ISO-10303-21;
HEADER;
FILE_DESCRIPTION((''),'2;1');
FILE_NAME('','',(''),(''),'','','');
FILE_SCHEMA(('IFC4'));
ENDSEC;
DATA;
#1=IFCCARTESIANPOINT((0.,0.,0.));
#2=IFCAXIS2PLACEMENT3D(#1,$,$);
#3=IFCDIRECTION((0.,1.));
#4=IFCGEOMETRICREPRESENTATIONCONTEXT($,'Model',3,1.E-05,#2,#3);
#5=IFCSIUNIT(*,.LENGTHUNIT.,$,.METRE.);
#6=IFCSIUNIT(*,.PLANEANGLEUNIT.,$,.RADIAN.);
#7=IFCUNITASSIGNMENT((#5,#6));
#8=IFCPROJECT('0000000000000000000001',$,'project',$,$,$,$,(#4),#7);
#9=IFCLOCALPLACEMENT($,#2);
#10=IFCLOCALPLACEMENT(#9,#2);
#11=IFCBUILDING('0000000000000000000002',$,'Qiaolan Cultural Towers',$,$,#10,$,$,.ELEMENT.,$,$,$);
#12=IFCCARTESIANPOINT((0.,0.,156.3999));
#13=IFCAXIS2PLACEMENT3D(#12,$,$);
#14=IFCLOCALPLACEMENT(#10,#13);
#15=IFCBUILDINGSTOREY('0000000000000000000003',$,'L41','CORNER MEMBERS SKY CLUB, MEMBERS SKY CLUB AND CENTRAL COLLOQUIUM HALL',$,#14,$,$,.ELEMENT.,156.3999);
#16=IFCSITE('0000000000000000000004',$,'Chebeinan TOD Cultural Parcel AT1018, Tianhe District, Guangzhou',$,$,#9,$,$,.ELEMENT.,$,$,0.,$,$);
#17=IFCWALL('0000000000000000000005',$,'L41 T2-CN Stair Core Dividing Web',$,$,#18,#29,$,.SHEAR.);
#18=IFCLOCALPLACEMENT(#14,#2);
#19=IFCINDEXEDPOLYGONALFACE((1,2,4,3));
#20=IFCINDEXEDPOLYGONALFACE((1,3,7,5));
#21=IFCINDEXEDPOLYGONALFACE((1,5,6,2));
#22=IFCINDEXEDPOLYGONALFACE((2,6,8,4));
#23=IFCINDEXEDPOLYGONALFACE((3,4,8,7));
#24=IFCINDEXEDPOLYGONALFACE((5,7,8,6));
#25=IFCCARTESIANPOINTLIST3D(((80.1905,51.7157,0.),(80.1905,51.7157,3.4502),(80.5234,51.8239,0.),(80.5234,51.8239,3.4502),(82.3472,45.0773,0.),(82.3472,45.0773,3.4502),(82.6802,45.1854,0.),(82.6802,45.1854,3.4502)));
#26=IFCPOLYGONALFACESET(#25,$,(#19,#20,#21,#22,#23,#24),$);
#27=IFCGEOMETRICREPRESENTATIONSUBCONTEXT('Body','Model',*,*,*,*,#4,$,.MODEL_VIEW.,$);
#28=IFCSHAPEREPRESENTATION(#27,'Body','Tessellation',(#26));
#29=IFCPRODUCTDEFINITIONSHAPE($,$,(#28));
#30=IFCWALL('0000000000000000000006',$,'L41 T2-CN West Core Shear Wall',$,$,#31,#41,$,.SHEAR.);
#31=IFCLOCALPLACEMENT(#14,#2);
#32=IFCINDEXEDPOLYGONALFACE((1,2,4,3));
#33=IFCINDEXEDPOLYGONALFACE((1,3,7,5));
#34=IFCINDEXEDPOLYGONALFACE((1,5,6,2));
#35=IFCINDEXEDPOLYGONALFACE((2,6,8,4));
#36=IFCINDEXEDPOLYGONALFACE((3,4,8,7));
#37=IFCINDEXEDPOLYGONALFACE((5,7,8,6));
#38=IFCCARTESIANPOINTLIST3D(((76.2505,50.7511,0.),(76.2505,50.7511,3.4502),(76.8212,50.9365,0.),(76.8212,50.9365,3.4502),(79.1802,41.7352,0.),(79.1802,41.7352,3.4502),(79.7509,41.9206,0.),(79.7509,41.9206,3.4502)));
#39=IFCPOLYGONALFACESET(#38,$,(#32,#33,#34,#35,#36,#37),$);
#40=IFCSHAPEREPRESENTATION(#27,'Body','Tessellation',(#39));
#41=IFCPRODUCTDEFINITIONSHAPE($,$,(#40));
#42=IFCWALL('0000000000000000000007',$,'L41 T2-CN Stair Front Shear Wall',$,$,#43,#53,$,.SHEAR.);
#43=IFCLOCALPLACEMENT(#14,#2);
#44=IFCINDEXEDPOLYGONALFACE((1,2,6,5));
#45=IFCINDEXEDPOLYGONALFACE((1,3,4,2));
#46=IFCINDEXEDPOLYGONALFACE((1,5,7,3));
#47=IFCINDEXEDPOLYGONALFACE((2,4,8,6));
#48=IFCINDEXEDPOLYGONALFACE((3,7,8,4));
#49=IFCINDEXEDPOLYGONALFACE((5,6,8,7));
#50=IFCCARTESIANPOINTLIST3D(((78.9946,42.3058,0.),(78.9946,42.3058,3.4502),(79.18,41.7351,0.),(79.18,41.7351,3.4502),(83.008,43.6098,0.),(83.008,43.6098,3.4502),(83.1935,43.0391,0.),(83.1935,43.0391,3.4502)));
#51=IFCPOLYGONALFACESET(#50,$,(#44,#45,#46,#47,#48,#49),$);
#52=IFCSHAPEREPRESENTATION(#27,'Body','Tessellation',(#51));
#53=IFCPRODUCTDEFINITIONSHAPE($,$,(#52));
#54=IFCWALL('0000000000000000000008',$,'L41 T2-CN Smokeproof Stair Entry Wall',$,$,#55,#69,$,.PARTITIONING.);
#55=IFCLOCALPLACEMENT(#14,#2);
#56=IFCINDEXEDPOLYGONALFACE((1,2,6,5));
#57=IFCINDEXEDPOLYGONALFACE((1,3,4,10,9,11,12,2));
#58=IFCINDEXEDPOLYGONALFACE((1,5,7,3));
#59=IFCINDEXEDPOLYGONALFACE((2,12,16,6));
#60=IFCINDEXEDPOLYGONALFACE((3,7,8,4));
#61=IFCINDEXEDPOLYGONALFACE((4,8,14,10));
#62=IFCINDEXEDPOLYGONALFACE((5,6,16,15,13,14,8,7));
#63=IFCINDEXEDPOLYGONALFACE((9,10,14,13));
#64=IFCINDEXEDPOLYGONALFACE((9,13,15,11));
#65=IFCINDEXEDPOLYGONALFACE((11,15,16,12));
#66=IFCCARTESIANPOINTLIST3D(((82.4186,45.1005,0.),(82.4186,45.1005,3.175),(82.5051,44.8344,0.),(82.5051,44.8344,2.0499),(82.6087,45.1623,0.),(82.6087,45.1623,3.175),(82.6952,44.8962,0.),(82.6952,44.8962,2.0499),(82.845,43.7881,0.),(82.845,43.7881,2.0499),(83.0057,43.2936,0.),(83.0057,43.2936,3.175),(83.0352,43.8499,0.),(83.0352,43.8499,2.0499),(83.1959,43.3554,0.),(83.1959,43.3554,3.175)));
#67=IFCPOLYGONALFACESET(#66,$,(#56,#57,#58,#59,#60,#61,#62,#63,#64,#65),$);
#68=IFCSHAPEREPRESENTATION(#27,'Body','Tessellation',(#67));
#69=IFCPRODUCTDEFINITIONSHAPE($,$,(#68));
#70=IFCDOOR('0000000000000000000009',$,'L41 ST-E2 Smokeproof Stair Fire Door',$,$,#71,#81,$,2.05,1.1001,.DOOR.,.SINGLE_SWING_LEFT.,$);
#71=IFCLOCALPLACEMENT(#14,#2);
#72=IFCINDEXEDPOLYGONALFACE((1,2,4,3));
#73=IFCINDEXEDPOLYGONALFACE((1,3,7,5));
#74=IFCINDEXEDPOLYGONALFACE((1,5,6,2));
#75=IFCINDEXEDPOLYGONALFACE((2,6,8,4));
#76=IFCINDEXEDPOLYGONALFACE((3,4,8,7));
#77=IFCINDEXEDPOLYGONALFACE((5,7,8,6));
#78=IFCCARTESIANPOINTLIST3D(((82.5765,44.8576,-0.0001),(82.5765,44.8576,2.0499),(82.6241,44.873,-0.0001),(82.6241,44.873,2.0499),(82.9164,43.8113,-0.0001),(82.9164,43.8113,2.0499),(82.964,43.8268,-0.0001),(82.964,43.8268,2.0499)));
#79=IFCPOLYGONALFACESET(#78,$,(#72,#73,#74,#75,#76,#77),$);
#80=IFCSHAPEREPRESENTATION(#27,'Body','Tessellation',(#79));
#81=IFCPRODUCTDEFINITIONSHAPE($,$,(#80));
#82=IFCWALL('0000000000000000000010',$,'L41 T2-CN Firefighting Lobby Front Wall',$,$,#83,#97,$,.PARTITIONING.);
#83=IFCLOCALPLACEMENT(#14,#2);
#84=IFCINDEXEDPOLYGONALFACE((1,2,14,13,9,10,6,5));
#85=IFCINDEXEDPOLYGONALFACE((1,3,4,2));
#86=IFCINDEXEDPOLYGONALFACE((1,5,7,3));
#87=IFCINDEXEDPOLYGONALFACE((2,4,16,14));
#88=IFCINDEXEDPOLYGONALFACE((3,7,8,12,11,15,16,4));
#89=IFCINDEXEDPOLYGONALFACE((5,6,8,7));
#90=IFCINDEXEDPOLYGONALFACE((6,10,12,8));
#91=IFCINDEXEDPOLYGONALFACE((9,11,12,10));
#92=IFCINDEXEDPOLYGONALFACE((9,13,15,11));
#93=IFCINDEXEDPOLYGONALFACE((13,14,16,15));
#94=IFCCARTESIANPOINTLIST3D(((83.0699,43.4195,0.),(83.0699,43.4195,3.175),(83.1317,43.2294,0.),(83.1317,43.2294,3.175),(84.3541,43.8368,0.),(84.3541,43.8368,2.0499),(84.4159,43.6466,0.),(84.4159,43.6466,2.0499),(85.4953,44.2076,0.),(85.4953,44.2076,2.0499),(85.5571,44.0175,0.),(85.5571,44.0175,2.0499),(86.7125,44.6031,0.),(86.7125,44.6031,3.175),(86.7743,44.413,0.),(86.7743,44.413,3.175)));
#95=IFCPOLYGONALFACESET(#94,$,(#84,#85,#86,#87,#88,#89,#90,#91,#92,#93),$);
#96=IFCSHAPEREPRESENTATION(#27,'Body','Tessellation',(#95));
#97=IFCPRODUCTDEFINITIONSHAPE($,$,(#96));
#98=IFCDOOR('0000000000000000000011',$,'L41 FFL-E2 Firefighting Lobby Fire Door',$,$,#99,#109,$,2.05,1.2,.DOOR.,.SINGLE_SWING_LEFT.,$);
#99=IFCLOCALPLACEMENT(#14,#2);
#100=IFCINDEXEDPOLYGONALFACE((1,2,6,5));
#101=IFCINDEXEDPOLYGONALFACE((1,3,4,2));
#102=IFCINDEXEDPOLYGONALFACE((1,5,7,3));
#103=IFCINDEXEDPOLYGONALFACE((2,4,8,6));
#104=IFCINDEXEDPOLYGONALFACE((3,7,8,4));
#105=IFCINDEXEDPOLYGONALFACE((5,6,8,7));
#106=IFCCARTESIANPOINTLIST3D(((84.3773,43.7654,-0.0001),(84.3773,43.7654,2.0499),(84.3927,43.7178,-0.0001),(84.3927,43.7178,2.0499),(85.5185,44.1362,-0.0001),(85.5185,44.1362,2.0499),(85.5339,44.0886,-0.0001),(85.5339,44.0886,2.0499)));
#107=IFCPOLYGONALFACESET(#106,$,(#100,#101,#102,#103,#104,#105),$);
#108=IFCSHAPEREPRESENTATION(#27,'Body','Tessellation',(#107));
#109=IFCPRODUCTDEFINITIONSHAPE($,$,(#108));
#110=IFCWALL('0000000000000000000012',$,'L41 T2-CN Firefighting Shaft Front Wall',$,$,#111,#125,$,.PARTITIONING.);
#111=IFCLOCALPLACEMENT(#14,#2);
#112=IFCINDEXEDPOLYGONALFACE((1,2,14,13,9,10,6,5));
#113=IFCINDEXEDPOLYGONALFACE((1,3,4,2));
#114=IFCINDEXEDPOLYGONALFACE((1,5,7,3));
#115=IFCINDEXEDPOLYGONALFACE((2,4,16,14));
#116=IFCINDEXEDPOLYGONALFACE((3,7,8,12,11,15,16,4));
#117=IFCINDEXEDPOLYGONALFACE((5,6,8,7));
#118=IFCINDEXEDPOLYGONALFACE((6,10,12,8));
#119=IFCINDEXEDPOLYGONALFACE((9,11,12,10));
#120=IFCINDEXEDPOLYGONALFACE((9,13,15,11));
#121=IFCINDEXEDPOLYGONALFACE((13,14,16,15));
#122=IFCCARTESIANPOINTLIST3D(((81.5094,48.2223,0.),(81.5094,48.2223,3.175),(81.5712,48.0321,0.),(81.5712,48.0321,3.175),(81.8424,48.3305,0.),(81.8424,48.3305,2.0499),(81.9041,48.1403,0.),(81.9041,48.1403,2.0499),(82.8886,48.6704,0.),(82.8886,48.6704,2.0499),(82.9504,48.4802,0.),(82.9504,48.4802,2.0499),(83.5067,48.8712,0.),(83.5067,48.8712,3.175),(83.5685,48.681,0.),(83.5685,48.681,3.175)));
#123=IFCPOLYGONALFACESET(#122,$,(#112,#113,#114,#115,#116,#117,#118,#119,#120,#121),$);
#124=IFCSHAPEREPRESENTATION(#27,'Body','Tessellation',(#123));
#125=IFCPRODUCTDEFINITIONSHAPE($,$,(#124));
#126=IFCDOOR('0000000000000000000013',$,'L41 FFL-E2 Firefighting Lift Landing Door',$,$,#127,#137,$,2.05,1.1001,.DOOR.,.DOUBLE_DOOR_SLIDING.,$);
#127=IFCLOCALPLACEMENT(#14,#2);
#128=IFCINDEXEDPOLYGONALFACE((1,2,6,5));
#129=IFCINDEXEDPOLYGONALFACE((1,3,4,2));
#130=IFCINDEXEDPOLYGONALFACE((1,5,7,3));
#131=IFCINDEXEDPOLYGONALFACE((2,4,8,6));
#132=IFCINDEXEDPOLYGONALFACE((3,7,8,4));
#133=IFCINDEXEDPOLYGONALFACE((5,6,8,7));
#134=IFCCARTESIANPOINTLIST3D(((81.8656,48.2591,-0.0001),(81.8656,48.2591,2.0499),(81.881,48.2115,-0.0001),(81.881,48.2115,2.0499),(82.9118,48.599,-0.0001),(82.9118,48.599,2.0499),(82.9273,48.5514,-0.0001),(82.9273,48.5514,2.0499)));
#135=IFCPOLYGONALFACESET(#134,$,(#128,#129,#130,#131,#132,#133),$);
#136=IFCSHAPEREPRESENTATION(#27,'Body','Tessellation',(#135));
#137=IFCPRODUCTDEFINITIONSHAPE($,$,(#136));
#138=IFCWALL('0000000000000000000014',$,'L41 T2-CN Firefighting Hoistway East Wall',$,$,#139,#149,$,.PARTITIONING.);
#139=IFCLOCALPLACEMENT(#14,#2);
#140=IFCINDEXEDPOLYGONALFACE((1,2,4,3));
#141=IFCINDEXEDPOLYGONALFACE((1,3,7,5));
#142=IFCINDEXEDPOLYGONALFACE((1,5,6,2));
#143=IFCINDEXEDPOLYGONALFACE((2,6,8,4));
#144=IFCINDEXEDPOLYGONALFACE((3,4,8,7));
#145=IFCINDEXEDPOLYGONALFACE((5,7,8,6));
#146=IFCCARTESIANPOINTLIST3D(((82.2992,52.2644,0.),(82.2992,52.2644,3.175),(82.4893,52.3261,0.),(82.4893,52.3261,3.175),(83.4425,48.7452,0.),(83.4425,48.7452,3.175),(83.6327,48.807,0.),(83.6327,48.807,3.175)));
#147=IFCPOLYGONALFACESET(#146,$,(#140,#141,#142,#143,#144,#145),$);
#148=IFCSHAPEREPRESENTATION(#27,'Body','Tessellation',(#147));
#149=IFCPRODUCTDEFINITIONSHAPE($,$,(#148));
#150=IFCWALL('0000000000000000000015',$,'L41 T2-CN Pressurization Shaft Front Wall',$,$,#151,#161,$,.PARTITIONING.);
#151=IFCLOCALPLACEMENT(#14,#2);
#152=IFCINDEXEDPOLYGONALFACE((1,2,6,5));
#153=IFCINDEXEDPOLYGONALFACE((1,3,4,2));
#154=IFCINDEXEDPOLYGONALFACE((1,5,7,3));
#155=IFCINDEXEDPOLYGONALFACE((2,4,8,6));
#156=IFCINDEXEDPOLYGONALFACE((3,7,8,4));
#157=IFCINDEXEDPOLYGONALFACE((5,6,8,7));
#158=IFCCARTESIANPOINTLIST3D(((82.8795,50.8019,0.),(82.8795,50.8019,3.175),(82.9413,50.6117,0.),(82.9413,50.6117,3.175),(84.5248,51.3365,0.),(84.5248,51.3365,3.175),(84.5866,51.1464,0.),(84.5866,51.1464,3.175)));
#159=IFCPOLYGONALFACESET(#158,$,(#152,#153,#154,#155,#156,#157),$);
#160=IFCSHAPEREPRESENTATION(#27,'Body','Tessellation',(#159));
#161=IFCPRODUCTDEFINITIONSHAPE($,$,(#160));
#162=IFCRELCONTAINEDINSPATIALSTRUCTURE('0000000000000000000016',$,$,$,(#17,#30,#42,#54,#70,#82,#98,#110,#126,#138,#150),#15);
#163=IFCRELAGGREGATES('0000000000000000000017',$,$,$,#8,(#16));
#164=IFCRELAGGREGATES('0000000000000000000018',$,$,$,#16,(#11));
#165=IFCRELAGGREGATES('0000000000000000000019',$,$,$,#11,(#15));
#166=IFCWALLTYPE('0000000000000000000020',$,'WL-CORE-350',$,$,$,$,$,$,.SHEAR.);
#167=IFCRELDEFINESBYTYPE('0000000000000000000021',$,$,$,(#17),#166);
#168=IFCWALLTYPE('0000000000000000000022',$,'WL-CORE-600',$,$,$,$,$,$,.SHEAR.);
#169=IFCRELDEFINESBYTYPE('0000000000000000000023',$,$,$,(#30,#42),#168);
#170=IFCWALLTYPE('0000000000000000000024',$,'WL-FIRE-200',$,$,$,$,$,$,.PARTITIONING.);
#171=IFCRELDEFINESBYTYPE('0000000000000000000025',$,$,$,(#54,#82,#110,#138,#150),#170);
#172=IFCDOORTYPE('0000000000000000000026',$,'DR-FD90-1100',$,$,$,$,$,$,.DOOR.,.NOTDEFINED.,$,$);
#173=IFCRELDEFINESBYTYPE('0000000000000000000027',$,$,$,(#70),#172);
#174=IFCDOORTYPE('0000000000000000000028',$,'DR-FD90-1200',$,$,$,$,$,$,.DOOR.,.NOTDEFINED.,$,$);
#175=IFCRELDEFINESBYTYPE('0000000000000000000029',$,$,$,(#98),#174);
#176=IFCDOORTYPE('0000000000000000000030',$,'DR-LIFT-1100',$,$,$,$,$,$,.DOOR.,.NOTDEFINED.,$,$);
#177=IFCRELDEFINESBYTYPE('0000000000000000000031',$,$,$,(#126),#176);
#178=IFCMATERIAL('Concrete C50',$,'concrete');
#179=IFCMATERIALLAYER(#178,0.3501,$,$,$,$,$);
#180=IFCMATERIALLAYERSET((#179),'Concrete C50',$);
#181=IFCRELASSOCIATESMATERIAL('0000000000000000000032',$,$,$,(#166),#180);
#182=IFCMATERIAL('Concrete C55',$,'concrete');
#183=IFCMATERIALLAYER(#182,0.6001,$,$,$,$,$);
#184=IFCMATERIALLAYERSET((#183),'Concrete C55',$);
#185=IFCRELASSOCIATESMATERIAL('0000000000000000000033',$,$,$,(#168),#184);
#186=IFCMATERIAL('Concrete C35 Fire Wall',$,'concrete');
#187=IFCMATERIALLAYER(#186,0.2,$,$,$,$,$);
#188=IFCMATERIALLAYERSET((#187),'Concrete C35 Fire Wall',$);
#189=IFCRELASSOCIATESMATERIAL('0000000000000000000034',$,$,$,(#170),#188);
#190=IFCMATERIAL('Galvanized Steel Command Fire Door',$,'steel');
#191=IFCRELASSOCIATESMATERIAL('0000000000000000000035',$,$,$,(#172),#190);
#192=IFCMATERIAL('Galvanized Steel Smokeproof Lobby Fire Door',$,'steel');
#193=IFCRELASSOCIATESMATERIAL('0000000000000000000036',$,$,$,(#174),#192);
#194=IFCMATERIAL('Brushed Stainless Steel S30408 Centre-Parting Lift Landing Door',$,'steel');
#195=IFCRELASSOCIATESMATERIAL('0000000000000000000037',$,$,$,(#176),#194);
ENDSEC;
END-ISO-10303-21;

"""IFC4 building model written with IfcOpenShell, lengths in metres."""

from ifc_helpers import new_model, si_unit, direction, frame, frame_2d, origin, place, context, subcontext, project, spatial, rectangle, extrude, material, layer, layer_set, type_object, element, fill, save


model = new_model("IFC4")

# Units and contexts
model_context = context("Model", 3, precision=1e-05, world=origin(), true_north=direction((0.0, 1.0)))
body_context = subcontext(model_context, "Body", "Model", "MODEL_VIEW")
ifc_project = project(units=[si_unit("LENGTHUNIT", "METRE"), si_unit("PLANEANGLEUNIT", "RADIAN")], contexts=[model_context])

# Site, building, storey
site_placement = place(None, origin())
site = spatial("IfcSite", under=ifc_project, at=site_placement, Name="Chebeinan TOD Cultural Parcel AT1018, Tianhe District, Guangzhou", CompositionType="ELEMENT", RefElevation=0.0)
building_placement = place(site_placement, origin())
building = spatial("IfcBuilding", under=site, at=building_placement, Name="Qiaolan Cultural Towers", CompositionType="ELEMENT")
storey_placement = place(building_placement, frame((0.0, 0.0, 156.3999)))
storey = spatial("IfcBuildingStorey", under=building, at=storey_placement, Name="L41", Description="CORNER MEMBERS SKY CLUB, MEMBERS SKY CLUB AND CENTRAL COLLOQUIUM HALL", CompositionType="ELEMENT", Elevation=156.3999)

# Walls
ifc_material_1 = material(Name="Concrete C50", Category="concrete")
ifc_layer_1 = layer(ifc_material_1, 0.3501)
ifc_layer_set_1 = layer_set([ifc_layer_1], Name="Concrete C50")
wall_type_1 = type_object("IfcWallType", Name="WL-CORE-350", PredefinedType="SHEAR", material=ifc_layer_set_1)
wall_1_placement = place(storey_placement, frame((82.5137, 45.1313, 0.0), z_axis=(0.0, 0.0, 1.0), x_axis=(-0.308989, 0.951066, 0.0)))
element("IfcWall", 1, at=wall_1_placement, inside=storey, type_object=wall_type_1, Name="L41 T2-CN Stair Core Dividing Web", PredefinedType="SHEAR", context=body_context, shape_type="SweptSolid", body=[
    extrude(rectangle(XDim=6.98, YDim=0.3501, at=frame_2d((3.49, 0.0))), origin(), (0.0, 0.0, 1.0), 3.4502),
])
ifc_material_2 = material(Name="Concrete C55", Category="concrete")
ifc_layer_2 = layer(ifc_material_2, 0.6001)
ifc_layer_set_2 = layer_set([ifc_layer_2], Name="Concrete C55")
wall_type_2 = type_object("IfcWallType", Name="WL-CORE-600", PredefinedType="SHEAR", material=ifc_layer_set_2)
wall_2_placement = place(storey_placement, frame((79.4656, 41.8279, 0.0), z_axis=(0.0, 0.0, 1.0), x_axis=(-0.309041, 0.951049, 0.0)))
element("IfcWall", 2, at=wall_2_placement, inside=storey, type_object=wall_type_2, Name="L41 T2-CN West Core Shear Wall", PredefinedType="SHEAR", context=body_context, shape_type="SweptSolid", body=[
    extrude(rectangle(XDim=9.48, YDim=0.6001, at=frame_2d((4.74, 0.0))), origin(), (0.0, 0.0, 1.0), 3.4502),
])
wall_3_placement = place(storey_placement, frame((79.0874, 42.0205, 0.0), z_axis=(0.0, 0.0, 1.0), x_axis=(0.951063, 0.308998, 0.0)))
element("IfcWall", 3, at=wall_3_placement, inside=storey, type_object=wall_type_2, Name="L41 T2-CN Stair Front Shear Wall", PredefinedType="SHEAR", context=body_context, shape_type="SweptSolid", body=[
    extrude(rectangle(XDim=4.22, YDim=0.6001, at=frame_2d((2.1099, 0.0))), origin(), (0.0, 0.0, 1.0), 3.4502),
])

# Walls, openings, doors
ifc_material_3 = material(Name="Concrete C35 Fire Wall", Category="concrete")
ifc_layer_3 = layer(ifc_material_3, 0.2)
ifc_layer_set_3 = layer_set([ifc_layer_3], Name="Concrete C35 Fire Wall")
wall_type_3 = type_object("IfcWallType", Name="WL-FIRE-200", PredefinedType="PARTITIONING", material=ifc_layer_set_3)
wall_4_placement = place(storey_placement, frame((83.1008, 43.3245, 0.0), z_axis=(0.0, 0.0, 1.0), x_axis=(-0.309048, 0.951046, 0.0)))
wall_4 = element("IfcWall", 4, at=wall_4_placement, inside=storey, type_object=wall_type_3, Name="L41 T2-CN Smokeproof Stair Entry Wall", PredefinedType="PARTITIONING", context=body_context, shape_type="SweptSolid", body=[
    extrude(rectangle(XDim=1.8999, YDim=0.2, at=frame_2d((0.95, 0.0))), origin(), (0.0, 0.0, 1.0), 3.175),
])
opening_1_placement = place(wall_4_placement, frame((0.52, 0.0, 0.0)))
opening_1 = element("IfcOpeningElement", 5, at=opening_1_placement, cuts=wall_4, PredefinedType="OPENING", context=body_context, shape_type="SweptSolid", body=[
    extrude(rectangle(XDim=1.1001, YDim=2.05, at=frame_2d((0.55, 1.0249))), frame((0.0, 0.1099, 0.0), z_axis=(0.0, -1.0, 0.0), x_axis=(1.0, 0.0, 0.0)), (0.0, 0.0, 1.0), 0.22),
])
ifc_material_4 = material(Name="Galvanized Steel Command Fire Door", Category="steel")
door_type_1 = type_object("IfcDoorType", Name="DR-FD90-1100", OperationType="NOTDEFINED", PredefinedType="DOOR", material=ifc_material_4)
door_1_placement = place(opening_1_placement, origin())
door_1 = element("IfcDoor", 6, at=door_1_placement, inside=storey, type_object=door_type_1, Name="L41 ST-E2 Smokeproof Stair Fire Door", OperationType="SINGLE_SWING_LEFT", OverallHeight=2.05, OverallWidth=1.1001, PredefinedType="DOOR", context=body_context, shape_type="SweptSolid", body=[
    extrude(rectangle(XDim=1.1001, YDim=2.05, at=frame_2d((0.55, 1.0249))), frame((0.0, 0.0249, 0.0), z_axis=(0.0, -1.0, 0.0), x_axis=(1.0, 0.0, 0.0)), (0.0, 0.0, 1.0), 0.05),
])
fill(opening_1, door_1)
wall_5_placement = place(storey_placement, frame((83.1008, 43.3245, 0.0), z_axis=(0.0, 0.0, 1.0), x_axis=(0.951053, 0.309028, 0.0)))
wall_5 = element("IfcWall", 7, at=wall_5_placement, inside=storey, type_object=wall_type_3, Name="L41 T2-CN Firefighting Lobby Front Wall", PredefinedType="PARTITIONING", context=body_context, shape_type="SweptSolid", body=[
    extrude(rectangle(XDim=3.8301, YDim=0.2, at=frame_2d((1.915, 0.0))), origin(), (0.0, 0.0, 1.0), 3.175),
])
opening_2_placement = place(wall_5_placement, frame((1.3501, 0.0, 0.0)))
opening_2 = element("IfcOpeningElement", 8, at=opening_2_placement, cuts=wall_5, PredefinedType="OPENING", context=body_context, shape_type="SweptSolid", body=[
    extrude(rectangle(XDim=1.2, YDim=2.05, at=frame_2d((0.6001, 1.0249))), frame((0.0, 0.1099, 0.0), z_axis=(0.0, -1.0, 0.0), x_axis=(1.0, 0.0, 0.0)), (0.0, 0.0, 1.0), 0.22),
])
ifc_material_5 = material(Name="Galvanized Steel Smokeproof Lobby Fire Door", Category="steel")
door_type_2 = type_object("IfcDoorType", Name="DR-FD90-1200", OperationType="NOTDEFINED", PredefinedType="DOOR", material=ifc_material_5)
door_2_placement = place(opening_2_placement, origin())
door_2 = element("IfcDoor", 9, at=door_2_placement, inside=storey, type_object=door_type_2, Name="L41 FFL-E2 Firefighting Lobby Fire Door", OperationType="SINGLE_SWING_LEFT", OverallHeight=2.05, OverallWidth=1.2, PredefinedType="DOOR", context=body_context, shape_type="SweptSolid", body=[
    extrude(rectangle(XDim=1.2, YDim=2.05, at=frame_2d((0.6001, 1.0249))), frame((0.0, 0.0249, 0.0), z_axis=(0.0, -1.0, 0.0), x_axis=(1.0, 0.0, 0.0)), (0.0, 0.0, 1.0), 0.05),
])
fill(opening_2, door_2)
wall_6_placement = place(storey_placement, frame((81.5403, 48.1272, 0.0), z_axis=(0.0, 0.0, 1.0), x_axis=(0.951062, 0.308999, 0.0)))
wall_6 = element("IfcWall", 10, at=wall_6_placement, inside=storey, type_object=wall_type_3, Name="L41 T2-CN Firefighting Shaft Front Wall", PredefinedType="PARTITIONING", context=body_context, shape_type="SweptSolid", body=[
    extrude(rectangle(XDim=2.1001, YDim=0.2, at=frame_2d((1.05, 0.0))), origin(), (0.0, 0.0, 1.0), 3.175),
])
opening_3_placement = place(wall_6_placement, frame((0.3501, 0.0, 0.0)))
opening_3 = element("IfcOpeningElement", 11, at=opening_3_placement, cuts=wall_6, PredefinedType="OPENING", context=body_context, shape_type="SweptSolid", body=[
    extrude(rectangle(XDim=1.1001, YDim=2.05, at=frame_2d((0.55, 1.0249))), frame((0.0, 0.1099, 0.0), z_axis=(0.0, -1.0, 0.0), x_axis=(1.0, 0.0, 0.0)), (0.0, 0.0, 1.0), 0.22),
])
ifc_material_6 = material(Name="Brushed Stainless Steel S30408 Centre-Parting Lift Landing Door", Category="steel")
door_type_3 = type_object("IfcDoorType", Name="DR-LIFT-1100", OperationType="NOTDEFINED", PredefinedType="DOOR", material=ifc_material_6)
door_3_placement = place(opening_3_placement, origin())
door_3 = element("IfcDoor", 12, at=door_3_placement, inside=storey, type_object=door_type_3, Name="L41 FFL-E2 Firefighting Lift Landing Door", OperationType="DOUBLE_DOOR_SLIDING", OverallHeight=2.05, OverallWidth=1.1001, PredefinedType="DOOR", context=body_context, shape_type="SweptSolid", body=[
    extrude(rectangle(XDim=1.1001, YDim=2.05, at=frame_2d((0.55, 1.0249))), frame((0.0, 0.0249, 0.0), z_axis=(0.0, -1.0, 0.0), x_axis=(1.0, 0.0, 0.0)), (0.0, 0.0, 1.0), 0.05),
])
fill(opening_3, door_3)

# Walls
wall_7_placement = place(storey_placement, frame((83.5376, 48.7761, 0.0), z_axis=(0.0, 0.0, 1.0), x_axis=(-0.308994, 0.951064, 0.0)))
element("IfcWall", 13, at=wall_7_placement, inside=storey, type_object=wall_type_3, Name="L41 T2-CN Firefighting Hoistway East Wall", PredefinedType="PARTITIONING", context=body_context, shape_type="SweptSolid", body=[
    extrude(rectangle(XDim=3.7002, YDim=0.2, at=frame_2d((1.8501, 0.0))), origin(), (0.0, 0.0, 1.0), 3.175),
])
wall_8_placement = place(storey_placement, frame((82.9104, 50.7068, 0.0), z_axis=(0.0, 0.0, 1.0), x_axis=(0.951041, 0.309064, 0.0)))
element("IfcWall", 14, at=wall_8_placement, inside=storey, type_object=wall_type_3, Name="L41 T2-CN Pressurization Shaft Front Wall", PredefinedType="PARTITIONING", context=body_context, shape_type="SweptSolid", body=[
    extrude(rectangle(XDim=1.73, YDim=0.2, at=frame_2d((0.865, 0.0))), origin(), (0.0, 0.0, 1.0), 3.175),
])

save(model, "model.ifc")
